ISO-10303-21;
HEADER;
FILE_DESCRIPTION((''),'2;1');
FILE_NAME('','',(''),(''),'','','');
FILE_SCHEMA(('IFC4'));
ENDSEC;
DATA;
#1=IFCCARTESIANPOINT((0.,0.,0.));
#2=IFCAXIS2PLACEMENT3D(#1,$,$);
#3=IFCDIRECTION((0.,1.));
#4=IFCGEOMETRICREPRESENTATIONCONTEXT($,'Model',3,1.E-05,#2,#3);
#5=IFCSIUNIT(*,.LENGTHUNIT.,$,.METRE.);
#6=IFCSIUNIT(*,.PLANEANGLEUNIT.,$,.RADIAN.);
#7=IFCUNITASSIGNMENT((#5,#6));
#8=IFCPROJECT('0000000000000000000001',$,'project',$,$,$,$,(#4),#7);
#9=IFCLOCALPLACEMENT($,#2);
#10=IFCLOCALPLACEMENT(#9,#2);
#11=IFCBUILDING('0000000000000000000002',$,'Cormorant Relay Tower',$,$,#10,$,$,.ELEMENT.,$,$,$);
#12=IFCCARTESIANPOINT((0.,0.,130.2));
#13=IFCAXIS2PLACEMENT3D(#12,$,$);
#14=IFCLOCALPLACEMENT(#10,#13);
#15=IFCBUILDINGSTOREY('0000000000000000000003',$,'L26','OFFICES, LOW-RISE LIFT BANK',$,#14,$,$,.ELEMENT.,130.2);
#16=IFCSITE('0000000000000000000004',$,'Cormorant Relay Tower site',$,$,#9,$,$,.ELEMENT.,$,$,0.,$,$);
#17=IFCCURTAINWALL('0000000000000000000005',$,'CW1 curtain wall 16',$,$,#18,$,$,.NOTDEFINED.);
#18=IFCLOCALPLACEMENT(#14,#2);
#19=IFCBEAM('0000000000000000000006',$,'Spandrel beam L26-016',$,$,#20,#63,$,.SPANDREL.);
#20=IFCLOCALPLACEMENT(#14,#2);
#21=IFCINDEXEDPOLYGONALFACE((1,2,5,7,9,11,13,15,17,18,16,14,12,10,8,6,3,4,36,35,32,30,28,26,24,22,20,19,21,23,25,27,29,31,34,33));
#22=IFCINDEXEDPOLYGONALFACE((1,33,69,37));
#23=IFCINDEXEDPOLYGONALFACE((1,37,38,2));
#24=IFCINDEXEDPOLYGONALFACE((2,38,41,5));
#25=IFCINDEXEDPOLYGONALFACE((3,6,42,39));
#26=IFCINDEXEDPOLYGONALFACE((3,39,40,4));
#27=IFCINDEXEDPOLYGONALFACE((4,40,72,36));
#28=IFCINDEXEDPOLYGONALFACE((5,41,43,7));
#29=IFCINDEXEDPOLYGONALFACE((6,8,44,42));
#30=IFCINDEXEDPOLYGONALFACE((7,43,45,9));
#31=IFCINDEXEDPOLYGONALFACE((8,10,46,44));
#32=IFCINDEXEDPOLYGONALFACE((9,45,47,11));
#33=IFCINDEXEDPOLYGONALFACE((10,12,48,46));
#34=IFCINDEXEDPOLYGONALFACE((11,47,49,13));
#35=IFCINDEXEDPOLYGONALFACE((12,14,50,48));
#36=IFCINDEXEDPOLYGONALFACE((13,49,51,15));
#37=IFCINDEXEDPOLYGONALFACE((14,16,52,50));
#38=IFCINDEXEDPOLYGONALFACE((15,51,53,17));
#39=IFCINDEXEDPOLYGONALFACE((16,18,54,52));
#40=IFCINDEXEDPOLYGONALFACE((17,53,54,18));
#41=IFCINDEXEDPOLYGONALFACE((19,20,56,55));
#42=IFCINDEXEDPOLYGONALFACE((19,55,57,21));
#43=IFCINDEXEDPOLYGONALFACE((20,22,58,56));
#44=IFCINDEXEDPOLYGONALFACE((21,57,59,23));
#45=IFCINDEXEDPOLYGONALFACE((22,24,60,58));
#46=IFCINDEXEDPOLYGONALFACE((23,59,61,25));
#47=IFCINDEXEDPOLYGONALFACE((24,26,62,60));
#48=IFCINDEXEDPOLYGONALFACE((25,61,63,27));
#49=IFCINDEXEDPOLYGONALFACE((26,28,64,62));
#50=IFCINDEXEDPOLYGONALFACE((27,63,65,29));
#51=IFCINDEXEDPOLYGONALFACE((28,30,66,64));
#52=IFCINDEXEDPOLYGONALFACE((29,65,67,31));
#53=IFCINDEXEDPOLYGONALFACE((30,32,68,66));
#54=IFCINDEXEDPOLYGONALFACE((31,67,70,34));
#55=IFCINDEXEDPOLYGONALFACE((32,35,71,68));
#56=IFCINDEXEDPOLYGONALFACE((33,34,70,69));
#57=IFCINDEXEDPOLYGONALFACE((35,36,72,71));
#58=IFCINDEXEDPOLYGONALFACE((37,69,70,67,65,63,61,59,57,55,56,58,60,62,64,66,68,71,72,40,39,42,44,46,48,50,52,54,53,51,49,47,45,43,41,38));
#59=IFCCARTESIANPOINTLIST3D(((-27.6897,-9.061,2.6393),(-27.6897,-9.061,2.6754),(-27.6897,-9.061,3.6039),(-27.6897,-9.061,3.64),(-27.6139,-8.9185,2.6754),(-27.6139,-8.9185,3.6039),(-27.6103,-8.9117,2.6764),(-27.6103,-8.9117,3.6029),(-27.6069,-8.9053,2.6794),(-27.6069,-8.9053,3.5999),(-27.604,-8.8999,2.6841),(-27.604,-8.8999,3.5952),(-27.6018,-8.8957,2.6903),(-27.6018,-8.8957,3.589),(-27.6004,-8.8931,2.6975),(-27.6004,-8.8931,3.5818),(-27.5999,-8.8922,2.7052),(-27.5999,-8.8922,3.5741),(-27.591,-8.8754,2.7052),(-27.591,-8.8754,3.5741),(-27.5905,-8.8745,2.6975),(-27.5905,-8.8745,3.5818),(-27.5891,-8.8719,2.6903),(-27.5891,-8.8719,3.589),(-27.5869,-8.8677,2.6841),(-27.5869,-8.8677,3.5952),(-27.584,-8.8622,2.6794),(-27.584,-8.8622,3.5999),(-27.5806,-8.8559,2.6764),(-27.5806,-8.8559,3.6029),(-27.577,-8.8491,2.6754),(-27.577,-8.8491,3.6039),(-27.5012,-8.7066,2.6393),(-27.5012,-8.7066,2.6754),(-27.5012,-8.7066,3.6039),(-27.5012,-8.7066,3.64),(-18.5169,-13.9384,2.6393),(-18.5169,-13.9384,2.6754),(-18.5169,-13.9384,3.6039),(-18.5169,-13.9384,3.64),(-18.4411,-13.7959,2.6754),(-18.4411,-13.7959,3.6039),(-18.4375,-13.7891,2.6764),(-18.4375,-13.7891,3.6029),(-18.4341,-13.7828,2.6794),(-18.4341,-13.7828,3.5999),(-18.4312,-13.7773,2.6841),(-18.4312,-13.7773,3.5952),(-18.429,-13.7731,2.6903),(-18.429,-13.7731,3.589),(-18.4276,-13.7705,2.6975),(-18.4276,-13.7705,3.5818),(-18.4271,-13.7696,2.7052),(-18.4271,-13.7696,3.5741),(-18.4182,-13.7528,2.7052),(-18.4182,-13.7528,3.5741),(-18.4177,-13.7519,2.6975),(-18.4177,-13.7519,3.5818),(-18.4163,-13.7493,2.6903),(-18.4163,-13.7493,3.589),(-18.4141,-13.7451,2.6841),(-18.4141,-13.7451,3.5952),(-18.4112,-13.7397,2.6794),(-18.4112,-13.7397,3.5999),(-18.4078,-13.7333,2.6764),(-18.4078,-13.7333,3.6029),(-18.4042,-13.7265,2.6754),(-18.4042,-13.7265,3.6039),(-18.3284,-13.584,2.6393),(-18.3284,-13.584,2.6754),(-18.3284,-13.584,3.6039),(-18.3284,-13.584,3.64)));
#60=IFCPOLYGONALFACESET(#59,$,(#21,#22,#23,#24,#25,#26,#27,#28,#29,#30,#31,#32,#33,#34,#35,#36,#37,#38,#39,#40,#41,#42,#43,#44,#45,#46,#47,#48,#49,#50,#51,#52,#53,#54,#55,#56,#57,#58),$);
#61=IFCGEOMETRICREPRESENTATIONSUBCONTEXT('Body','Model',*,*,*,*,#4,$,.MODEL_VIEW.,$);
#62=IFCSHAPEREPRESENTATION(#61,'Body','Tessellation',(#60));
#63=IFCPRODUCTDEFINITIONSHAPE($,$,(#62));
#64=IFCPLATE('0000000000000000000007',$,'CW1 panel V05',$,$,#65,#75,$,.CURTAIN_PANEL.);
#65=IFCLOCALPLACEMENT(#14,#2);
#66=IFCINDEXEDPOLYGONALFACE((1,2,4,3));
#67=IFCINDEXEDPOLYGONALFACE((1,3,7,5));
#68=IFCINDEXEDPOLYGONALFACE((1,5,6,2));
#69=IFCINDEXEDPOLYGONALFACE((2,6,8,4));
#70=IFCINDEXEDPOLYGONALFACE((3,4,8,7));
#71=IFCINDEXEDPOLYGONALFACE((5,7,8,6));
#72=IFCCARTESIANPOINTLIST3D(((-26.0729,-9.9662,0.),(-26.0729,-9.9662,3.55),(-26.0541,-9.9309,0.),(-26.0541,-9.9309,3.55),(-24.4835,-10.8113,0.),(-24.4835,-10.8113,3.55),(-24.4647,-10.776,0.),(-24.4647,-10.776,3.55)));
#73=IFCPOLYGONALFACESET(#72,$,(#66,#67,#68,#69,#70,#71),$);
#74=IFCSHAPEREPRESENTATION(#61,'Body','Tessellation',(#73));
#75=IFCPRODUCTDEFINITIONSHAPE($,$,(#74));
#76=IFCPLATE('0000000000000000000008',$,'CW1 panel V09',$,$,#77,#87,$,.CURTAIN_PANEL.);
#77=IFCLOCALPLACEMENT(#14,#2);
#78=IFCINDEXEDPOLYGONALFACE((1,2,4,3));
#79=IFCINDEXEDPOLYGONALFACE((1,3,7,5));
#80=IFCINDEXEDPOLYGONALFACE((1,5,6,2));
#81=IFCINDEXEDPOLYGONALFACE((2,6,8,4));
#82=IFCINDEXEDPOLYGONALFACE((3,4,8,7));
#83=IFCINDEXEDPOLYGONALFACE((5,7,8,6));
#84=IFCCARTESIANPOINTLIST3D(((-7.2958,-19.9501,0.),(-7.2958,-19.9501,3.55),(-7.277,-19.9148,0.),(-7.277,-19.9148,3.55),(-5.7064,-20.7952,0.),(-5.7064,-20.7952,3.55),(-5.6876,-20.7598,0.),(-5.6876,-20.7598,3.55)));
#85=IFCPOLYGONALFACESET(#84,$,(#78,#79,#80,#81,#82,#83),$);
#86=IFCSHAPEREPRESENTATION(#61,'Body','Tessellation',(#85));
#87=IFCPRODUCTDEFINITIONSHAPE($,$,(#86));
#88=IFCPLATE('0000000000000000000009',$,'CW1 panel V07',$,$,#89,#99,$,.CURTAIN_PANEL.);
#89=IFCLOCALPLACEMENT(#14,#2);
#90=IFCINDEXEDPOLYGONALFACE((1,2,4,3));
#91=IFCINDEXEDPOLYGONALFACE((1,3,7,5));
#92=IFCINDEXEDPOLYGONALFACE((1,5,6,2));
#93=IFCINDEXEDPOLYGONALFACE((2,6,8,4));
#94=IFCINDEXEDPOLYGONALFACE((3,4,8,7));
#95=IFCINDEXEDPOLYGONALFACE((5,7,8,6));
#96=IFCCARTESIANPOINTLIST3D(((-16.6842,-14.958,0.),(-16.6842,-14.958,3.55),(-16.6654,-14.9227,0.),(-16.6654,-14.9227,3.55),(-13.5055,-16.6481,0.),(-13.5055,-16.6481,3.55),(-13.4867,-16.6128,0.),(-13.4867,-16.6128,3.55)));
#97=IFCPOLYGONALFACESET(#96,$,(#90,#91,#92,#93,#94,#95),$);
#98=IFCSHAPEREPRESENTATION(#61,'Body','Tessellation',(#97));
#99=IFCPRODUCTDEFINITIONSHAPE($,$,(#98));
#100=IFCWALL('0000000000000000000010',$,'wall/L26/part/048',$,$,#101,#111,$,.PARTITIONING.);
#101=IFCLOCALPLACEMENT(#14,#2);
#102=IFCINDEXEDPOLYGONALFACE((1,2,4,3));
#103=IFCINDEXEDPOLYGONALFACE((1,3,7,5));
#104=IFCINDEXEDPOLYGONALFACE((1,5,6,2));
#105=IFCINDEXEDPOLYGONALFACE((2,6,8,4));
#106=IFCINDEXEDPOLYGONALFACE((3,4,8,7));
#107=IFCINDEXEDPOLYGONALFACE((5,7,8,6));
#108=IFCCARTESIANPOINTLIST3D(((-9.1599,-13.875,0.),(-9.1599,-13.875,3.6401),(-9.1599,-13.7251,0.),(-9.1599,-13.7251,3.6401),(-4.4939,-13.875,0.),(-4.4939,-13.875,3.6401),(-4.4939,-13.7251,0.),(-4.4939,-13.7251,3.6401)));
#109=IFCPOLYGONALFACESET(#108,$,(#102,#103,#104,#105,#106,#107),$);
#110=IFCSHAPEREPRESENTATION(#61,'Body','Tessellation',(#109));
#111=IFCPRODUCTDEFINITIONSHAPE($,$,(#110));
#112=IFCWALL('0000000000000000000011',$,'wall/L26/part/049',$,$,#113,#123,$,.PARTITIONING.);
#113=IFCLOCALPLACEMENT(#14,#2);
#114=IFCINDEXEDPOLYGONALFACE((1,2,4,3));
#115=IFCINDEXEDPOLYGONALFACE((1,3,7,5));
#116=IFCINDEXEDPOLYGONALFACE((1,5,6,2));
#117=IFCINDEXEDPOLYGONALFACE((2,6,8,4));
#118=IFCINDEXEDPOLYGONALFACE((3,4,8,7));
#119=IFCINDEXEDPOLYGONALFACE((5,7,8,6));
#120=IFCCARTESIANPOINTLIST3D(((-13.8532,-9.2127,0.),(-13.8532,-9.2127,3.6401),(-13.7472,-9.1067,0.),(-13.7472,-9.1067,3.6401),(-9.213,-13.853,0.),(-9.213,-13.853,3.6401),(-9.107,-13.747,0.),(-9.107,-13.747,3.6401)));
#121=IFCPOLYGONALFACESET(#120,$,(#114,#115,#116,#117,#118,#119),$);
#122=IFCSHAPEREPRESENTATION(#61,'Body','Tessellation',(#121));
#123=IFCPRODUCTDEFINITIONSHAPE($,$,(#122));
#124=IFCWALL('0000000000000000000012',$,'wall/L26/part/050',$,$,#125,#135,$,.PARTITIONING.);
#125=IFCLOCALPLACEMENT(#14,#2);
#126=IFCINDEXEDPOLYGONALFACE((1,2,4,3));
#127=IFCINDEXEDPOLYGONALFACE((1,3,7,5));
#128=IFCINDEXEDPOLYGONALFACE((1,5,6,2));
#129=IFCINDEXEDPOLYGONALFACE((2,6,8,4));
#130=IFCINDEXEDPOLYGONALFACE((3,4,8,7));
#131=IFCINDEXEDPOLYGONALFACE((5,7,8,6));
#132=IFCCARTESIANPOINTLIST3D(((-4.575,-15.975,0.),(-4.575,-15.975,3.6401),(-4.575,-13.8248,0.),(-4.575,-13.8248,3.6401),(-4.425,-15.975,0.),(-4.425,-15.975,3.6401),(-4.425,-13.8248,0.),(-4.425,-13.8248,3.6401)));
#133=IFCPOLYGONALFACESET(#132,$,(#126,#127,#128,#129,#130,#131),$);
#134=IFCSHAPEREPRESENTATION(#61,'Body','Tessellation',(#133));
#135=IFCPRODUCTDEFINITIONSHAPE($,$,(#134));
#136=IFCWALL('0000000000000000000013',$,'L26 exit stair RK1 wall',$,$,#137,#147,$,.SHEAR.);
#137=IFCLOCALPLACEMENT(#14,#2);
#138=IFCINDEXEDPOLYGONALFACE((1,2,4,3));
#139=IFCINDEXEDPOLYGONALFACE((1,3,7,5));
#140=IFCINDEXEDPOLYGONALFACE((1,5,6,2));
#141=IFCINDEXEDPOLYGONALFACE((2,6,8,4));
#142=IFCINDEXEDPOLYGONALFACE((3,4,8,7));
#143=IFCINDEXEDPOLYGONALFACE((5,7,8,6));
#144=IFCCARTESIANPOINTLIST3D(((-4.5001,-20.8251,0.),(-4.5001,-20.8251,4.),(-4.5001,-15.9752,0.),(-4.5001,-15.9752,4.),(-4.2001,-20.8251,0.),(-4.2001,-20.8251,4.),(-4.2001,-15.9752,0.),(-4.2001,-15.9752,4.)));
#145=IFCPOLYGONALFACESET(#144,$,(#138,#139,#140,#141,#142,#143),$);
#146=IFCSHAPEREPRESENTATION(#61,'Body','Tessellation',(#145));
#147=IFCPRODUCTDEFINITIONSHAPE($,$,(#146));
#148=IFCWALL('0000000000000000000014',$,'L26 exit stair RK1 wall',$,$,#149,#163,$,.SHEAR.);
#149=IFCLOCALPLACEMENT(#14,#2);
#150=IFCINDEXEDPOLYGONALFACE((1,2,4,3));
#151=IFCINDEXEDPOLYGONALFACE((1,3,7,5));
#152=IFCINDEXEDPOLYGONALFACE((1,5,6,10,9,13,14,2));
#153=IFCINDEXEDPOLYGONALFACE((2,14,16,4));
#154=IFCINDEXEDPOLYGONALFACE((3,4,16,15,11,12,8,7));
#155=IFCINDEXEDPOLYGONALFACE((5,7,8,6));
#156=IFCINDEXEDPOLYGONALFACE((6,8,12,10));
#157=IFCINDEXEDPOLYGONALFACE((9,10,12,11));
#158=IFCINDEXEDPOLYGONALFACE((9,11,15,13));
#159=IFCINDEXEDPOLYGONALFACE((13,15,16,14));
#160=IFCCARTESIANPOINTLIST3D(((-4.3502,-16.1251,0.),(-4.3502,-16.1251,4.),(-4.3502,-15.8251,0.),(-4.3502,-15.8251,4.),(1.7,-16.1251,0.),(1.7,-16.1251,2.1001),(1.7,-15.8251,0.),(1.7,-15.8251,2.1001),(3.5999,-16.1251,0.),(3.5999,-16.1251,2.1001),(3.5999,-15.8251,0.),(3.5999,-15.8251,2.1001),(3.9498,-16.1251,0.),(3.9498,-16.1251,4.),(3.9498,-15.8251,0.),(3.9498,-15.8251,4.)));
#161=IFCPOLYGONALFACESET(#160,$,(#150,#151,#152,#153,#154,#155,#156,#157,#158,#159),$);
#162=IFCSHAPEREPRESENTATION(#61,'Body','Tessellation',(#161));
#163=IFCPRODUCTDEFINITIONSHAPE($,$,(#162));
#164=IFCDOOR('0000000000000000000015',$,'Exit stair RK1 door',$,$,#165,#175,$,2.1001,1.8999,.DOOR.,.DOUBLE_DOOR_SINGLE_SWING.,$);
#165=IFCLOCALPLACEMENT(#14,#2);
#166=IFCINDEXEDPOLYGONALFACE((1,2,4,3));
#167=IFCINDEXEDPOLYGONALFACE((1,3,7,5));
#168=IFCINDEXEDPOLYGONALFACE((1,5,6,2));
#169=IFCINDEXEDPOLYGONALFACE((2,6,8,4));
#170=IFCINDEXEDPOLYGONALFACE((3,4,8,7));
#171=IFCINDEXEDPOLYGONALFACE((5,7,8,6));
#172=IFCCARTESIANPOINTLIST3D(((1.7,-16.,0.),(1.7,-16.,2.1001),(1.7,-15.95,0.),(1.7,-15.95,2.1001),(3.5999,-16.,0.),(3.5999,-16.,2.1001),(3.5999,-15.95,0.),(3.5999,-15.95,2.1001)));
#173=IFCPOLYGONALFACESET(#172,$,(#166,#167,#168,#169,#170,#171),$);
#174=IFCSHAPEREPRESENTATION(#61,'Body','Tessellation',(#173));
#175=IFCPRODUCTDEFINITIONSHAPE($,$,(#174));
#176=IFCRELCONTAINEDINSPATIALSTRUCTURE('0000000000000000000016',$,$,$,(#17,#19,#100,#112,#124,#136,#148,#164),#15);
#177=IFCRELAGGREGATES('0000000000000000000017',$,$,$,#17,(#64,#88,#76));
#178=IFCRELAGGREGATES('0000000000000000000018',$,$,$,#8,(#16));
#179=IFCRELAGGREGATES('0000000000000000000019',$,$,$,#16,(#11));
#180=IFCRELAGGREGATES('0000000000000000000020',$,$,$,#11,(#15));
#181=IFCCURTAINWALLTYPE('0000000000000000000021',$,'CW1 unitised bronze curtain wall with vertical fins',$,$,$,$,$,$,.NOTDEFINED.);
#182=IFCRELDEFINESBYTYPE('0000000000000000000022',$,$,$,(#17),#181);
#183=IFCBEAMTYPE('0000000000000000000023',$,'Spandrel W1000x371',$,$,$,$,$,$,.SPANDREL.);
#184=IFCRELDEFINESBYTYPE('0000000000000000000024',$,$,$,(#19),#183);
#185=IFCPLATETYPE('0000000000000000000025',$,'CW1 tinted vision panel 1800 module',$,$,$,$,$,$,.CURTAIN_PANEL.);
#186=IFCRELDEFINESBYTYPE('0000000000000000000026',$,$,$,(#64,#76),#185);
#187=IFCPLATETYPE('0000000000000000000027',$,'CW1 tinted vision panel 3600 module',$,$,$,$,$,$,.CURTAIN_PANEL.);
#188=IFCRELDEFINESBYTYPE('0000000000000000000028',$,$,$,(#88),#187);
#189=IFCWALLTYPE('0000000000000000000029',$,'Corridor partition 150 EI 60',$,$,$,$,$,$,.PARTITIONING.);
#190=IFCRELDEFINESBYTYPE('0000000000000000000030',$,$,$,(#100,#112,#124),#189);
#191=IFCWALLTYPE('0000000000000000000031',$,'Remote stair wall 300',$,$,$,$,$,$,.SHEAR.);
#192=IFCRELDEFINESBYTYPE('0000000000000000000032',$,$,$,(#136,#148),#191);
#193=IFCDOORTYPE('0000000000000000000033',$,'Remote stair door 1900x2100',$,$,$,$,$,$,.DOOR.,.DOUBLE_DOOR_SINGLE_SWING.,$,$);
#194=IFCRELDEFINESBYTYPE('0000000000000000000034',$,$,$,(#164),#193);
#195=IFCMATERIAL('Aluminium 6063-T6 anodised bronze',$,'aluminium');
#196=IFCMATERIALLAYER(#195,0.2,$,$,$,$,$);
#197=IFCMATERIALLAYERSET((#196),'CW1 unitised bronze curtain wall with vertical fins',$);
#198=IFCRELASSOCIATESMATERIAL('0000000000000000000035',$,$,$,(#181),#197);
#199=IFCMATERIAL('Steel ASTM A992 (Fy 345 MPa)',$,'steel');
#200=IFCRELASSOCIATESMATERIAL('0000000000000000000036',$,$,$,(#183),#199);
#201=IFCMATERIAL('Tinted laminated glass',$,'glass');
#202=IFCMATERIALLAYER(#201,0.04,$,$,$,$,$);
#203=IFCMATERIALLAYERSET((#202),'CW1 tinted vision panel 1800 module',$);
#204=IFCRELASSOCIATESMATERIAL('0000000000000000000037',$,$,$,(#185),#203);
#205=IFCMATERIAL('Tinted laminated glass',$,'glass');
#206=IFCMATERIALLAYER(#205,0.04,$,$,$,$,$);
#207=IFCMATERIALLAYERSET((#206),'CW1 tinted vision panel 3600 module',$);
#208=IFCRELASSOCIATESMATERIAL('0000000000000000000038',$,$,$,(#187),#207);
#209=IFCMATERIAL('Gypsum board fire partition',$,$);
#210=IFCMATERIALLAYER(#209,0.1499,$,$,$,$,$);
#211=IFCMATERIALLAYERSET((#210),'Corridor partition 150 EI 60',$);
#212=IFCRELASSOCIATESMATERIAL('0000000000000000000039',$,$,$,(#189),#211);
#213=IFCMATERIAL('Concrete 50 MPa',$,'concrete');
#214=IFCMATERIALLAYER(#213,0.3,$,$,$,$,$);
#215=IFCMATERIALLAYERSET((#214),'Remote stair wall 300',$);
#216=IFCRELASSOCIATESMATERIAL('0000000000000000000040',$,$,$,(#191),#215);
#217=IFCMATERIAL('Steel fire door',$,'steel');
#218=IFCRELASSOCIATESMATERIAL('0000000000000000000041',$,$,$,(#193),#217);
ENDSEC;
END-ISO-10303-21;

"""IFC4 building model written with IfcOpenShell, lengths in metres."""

from ifc_helpers import new_model, si_unit, direction, frame, frame_2d, origin, origin_2d, place, context, subcontext, project, spatial, rectangle, i_section, extrude, material, layer, layer_set, material_profile, profile_set, type_object, element, fill, aggregate, save


model = new_model("IFC4")

# Units and contexts
model_context = context("Model", 3, precision=1e-05, world=origin(), true_north=direction((0.0, 1.0)))
body_context = subcontext(model_context, "Body", "Model", "MODEL_VIEW")
ifc_project = project(units=[si_unit("LENGTHUNIT", "METRE"), si_unit("PLANEANGLEUNIT", "RADIAN")], contexts=[model_context])

# Site, building, storey
site_placement = place(None, origin())
site = spatial("IfcSite", under=ifc_project, at=site_placement, Name="Cormorant Relay Tower site", CompositionType="ELEMENT", RefElevation=0.0)
building_placement = place(site_placement, origin())
building = spatial("IfcBuilding", under=site, at=building_placement, Name="Cormorant Relay Tower", CompositionType="ELEMENT")
storey_placement = place(building_placement, frame((0.0, 0.0, 130.2)))
storey = spatial("IfcBuildingStorey", under=building, at=storey_placement, Name="L26", Description="OFFICES, LOW-RISE LIFT BANK", CompositionType="ELEMENT", Elevation=130.2)

# Shared definitions
ifc_material_1 = material(Name="Aluminium 6063-T6 anodised bronze", Category="aluminium")
ifc_layer_1 = layer(ifc_material_1, 0.2)
ifc_layer_set_1 = layer_set([ifc_layer_1], Name="CW1 unitised bronze curtain wall with vertical fins")
curtain_wall_type = type_object("IfcCurtainWallType", Name="CW1 unitised bronze curtain wall with vertical fins", PredefinedType="NOTDEFINED", material=ifc_layer_set_1)

# Curtain wall
curtain_wall_1_placement = place(storey_placement, origin())
curtain_wall_1 = element("IfcCurtainWall", 1, at=curtain_wall_1_placement, inside=storey, type_object=curtain_wall_type, Name="CW1 curtain wall 16", PredefinedType="NOTDEFINED")

# Beam
ifc_material_2 = material(Name="Steel ASTM A992 (Fy 345 MPa)", Category="steel")
ifc_material_profile_1 = material_profile(ifc_material_2, i_section(OverallWidth=0.4014, OverallDepth=1.0007, WebThickness=0.019, FlangeThickness=0.0361, FilletRadius=0.0298, at=origin_2d()), Name="W1000x371")
ifc_profile_set_1 = profile_set([ifc_material_profile_1], Name="Steel ASTM A992 (Fy 345 MPa)")
beam_type = type_object("IfcBeamType", Name="Spandrel W1000x371", PredefinedType="SPANDREL", material=ifc_profile_set_1)
beam_1_placement = place(storey_placement, frame((-27.5955, -8.8838, 3.1396), z_axis=(0.882942, -0.469483, 0.0), x_axis=(0.469483, 0.882942, 0.0)))
element("IfcBeam", 2, at=beam_1_placement, inside=storey, type_object=beam_type, Name="Spandrel beam L26-016", PredefinedType="SPANDREL", context=body_context, shape_type="SweptSolid", body=[
    extrude(i_section(OverallWidth=0.4014, OverallDepth=1.0007, WebThickness=0.019, FlangeThickness=0.0361, FilletRadius=0.0298, at=origin_2d()), origin(), (0.0, 0.0, 1.0), 10.3889),
])

# Plates
ifc_material_3 = material(Name="Tinted laminated glass", Category="glass")
ifc_layer_2 = layer(ifc_material_3, 0.04)
ifc_layer_set_2 = layer_set([ifc_layer_2], Name="CW1 tinted vision panel 1800 module")
plate_type_1 = type_object("IfcPlateType", Name="CW1 tinted vision panel 1800 module", PredefinedType="CURTAIN_PANEL", material=ifc_layer_set_2)
plate_1_placement = place(storey_placement, frame((-25.2688, -10.3711, 0.0), z_axis=(0.0, 0.0, 1.0), x_axis=(0.882948, -0.469472, 0.0)))
plate_1 = element("IfcPlate", 3, at=plate_1_placement, type_object=plate_type_1, Name="CW1 panel V05", PredefinedType="CURTAIN_PANEL", context=body_context, shape_type="SweptSolid", body=[
    extrude(rectangle(XDim=1.8, YDim=0.04, at=origin_2d()), origin(), (0.0, 0.0, 1.0), 3.55),
])
plate_2_placement = place(storey_placement, frame((-6.4917, -20.355, 0.0), z_axis=(0.0, 0.0, 1.0), x_axis=(0.882948, -0.469472, 0.0)))
plate_2 = element("IfcPlate", 4, at=plate_2_placement, type_object=plate_type_1, Name="CW1 panel V09", PredefinedType="CURTAIN_PANEL", context=body_context, shape_type="SweptSolid", body=[
    extrude(rectangle(XDim=1.8, YDim=0.04, at=origin_2d()), origin(), (0.0, 0.0, 1.0), 3.55),
])
ifc_material_4 = material(Name="Tinted laminated glass", Category="glass")
ifc_layer_3 = layer(ifc_material_4, 0.04)
ifc_layer_set_3 = layer_set([ifc_layer_3], Name="CW1 tinted vision panel 3600 module")
plate_type_2 = type_object("IfcPlateType", Name="CW1 tinted vision panel 3600 module", PredefinedType="CURTAIN_PANEL", material=ifc_layer_set_3)
plate_3_placement = place(storey_placement, frame((-15.0854, -15.7854, 0.0), z_axis=(0.0, 0.0, 1.0), x_axis=(0.882948, -0.469472, 0.0)))
plate_3 = element("IfcPlate", 5, at=plate_3_placement, type_object=plate_type_2, Name="CW1 panel V07", PredefinedType="CURTAIN_PANEL", context=body_context, shape_type="SweptSolid", body=[
    extrude(rectangle(XDim=3.6001, YDim=0.04, at=origin_2d()), origin(), (0.0, 0.0, 1.0), 3.55),
])

# Walls
ifc_material_5 = material(Name="Gypsum board fire partition")
ifc_layer_4 = layer(ifc_material_5, 0.1499)
ifc_layer_set_4 = layer_set([ifc_layer_4], Name="Corridor partition 150 EI 60")
wall_type_1 = type_object("IfcWallType", Name="Corridor partition 150 EI 60", PredefinedType="PARTITIONING", material=ifc_layer_set_4)
wall_1_placement = place(storey_placement, frame((-4.4939, -13.8, 0.0), z_axis=(0.0, 0.0, 1.0), x_axis=(-1.0, 0.0, 0.0)))
element("IfcWall", 6, at=wall_1_placement, inside=storey, type_object=wall_type_1, Name="wall/L26/part/048", PredefinedType="PARTITIONING", context=body_context, shape_type="SweptSolid", body=[
    extrude(rectangle(XDim=4.666, YDim=0.1499, at=frame_2d((2.333, 0.0))), origin(), (0.0, 0.0, 1.0), 3.6401),
])
wall_2_placement = place(storey_placement, frame((-9.1599, -13.8, 0.0), z_axis=(0.0, 0.0, 1.0), x_axis=(-0.707107, 0.707107, 0.0)))
element("IfcWall", 7, at=wall_2_placement, inside=storey, type_object=wall_type_1, Name="wall/L26/part/049", PredefinedType="PARTITIONING", context=body_context, shape_type="SweptSolid", body=[
    extrude(rectangle(XDim=6.5623, YDim=0.1499, at=frame_2d((3.2812, 0.0))), origin(), (0.0, 0.0, 1.0), 3.6401),
])
wall_3_placement = place(storey_placement, frame((-4.5, -15.9751, 0.0), z_axis=(0.0, 0.0, 1.0), x_axis=(0.0, 1.0, 0.0)))
element("IfcWall", 8, at=wall_3_placement, inside=storey, type_object=wall_type_1, Name="wall/L26/part/050", PredefinedType="PARTITIONING", context=body_context, shape_type="SweptSolid", body=[
    extrude(rectangle(XDim=2.1501, YDim=0.1499, at=frame_2d((1.0752, 0.0))), origin(), (0.0, 0.0, 1.0), 3.6401),
])
ifc_material_6 = material(Name="Concrete 50 MPa", Category="concrete")
ifc_layer_5 = layer(ifc_material_6, 0.3)
ifc_layer_set_5 = layer_set([ifc_layer_5], Name="Remote stair wall 300")
wall_type_2 = type_object("IfcWallType", Name="Remote stair wall 300", PredefinedType="SHEAR", material=ifc_layer_set_5)
wall_4_placement = place(storey_placement, frame((-4.3501, -20.825, 0.0), z_axis=(0.0, 0.0, 1.0), x_axis=(0.0, 1.0, 0.0)))
element("IfcWall", 9, at=wall_4_placement, inside=storey, type_object=wall_type_2, Name="L26 exit stair RK1 wall", PredefinedType="SHEAR", context=body_context, shape_type="SweptSolid", body=[
    extrude(rectangle(XDim=4.8499, YDim=0.3, at=frame_2d((2.4248, 0.0))), origin(), (0.0, 0.0, 1.0), 4.0),
])

# Wall, opening, door
wall_5_placement = place(storey_placement, frame((-4.3501, -15.9751, 0.0), z_axis=(0.0, 0.0, 1.0), x_axis=(1.0, 0.0, 0.0)))
wall_5 = element("IfcWall", 10, at=wall_5_placement, inside=storey, type_object=wall_type_2, Name="L26 exit stair RK1 wall", PredefinedType="SHEAR", context=body_context, shape_type="SweptSolid", body=[
    extrude(rectangle(XDim=8.3, YDim=0.3, at=frame_2d((4.1499, 0.0))), origin(), (0.0, 0.0, 1.0), 4.0),
])
opening_placement = place(wall_5_placement, frame((6.05, 0.0, 0.0)))
opening = element("IfcOpeningElement", 11, at=opening_placement, cuts=wall_5, PredefinedType="OPENING", context=body_context, shape_type="SweptSolid", body=[
    extrude(rectangle(XDim=1.8999, YDim=2.1001, at=frame_2d((0.95, 1.05))), frame((0.0, 0.1599, 0.0), z_axis=(0.0, -1.0, 0.0), x_axis=(1.0, 0.0, 0.0)), (0.0, 0.0, 1.0), 0.3201),
])
ifc_material_7 = material(Name="Steel fire door", Category="steel")
door_type = type_object("IfcDoorType", Name="Remote stair door 1900x2100", OperationType="DOUBLE_DOOR_SINGLE_SWING", PredefinedType="DOOR", material=ifc_material_7)
door_placement = place(opening_placement, frame((1.8999, 0.0, 0.0), z_axis=(0.0, 0.0, 1.0), x_axis=(-1.0, 0.0, 0.0)))
door = element("IfcDoor", 12, at=door_placement, inside=storey, type_object=door_type, Name="Exit stair RK1 door", OperationType="DOUBLE_DOOR_SINGLE_SWING", OverallHeight=2.1001, OverallWidth=1.8999, PredefinedType="DOOR", context=body_context, shape_type="SweptSolid", body=[
    extrude(rectangle(XDim=1.8999, YDim=2.1001, at=frame_2d((0.95, 1.05))), frame((0.0, 0.0249, 0.0), z_axis=(0.0, -1.0, 0.0), x_axis=(1.0, 0.0, 0.0)), (0.0, 0.0, 1.0), 0.05),
])
fill(opening, door)

aggregate(curtain_wall_1, [plate_1, plate_3, plate_2])

save(model, "model.ifc")
